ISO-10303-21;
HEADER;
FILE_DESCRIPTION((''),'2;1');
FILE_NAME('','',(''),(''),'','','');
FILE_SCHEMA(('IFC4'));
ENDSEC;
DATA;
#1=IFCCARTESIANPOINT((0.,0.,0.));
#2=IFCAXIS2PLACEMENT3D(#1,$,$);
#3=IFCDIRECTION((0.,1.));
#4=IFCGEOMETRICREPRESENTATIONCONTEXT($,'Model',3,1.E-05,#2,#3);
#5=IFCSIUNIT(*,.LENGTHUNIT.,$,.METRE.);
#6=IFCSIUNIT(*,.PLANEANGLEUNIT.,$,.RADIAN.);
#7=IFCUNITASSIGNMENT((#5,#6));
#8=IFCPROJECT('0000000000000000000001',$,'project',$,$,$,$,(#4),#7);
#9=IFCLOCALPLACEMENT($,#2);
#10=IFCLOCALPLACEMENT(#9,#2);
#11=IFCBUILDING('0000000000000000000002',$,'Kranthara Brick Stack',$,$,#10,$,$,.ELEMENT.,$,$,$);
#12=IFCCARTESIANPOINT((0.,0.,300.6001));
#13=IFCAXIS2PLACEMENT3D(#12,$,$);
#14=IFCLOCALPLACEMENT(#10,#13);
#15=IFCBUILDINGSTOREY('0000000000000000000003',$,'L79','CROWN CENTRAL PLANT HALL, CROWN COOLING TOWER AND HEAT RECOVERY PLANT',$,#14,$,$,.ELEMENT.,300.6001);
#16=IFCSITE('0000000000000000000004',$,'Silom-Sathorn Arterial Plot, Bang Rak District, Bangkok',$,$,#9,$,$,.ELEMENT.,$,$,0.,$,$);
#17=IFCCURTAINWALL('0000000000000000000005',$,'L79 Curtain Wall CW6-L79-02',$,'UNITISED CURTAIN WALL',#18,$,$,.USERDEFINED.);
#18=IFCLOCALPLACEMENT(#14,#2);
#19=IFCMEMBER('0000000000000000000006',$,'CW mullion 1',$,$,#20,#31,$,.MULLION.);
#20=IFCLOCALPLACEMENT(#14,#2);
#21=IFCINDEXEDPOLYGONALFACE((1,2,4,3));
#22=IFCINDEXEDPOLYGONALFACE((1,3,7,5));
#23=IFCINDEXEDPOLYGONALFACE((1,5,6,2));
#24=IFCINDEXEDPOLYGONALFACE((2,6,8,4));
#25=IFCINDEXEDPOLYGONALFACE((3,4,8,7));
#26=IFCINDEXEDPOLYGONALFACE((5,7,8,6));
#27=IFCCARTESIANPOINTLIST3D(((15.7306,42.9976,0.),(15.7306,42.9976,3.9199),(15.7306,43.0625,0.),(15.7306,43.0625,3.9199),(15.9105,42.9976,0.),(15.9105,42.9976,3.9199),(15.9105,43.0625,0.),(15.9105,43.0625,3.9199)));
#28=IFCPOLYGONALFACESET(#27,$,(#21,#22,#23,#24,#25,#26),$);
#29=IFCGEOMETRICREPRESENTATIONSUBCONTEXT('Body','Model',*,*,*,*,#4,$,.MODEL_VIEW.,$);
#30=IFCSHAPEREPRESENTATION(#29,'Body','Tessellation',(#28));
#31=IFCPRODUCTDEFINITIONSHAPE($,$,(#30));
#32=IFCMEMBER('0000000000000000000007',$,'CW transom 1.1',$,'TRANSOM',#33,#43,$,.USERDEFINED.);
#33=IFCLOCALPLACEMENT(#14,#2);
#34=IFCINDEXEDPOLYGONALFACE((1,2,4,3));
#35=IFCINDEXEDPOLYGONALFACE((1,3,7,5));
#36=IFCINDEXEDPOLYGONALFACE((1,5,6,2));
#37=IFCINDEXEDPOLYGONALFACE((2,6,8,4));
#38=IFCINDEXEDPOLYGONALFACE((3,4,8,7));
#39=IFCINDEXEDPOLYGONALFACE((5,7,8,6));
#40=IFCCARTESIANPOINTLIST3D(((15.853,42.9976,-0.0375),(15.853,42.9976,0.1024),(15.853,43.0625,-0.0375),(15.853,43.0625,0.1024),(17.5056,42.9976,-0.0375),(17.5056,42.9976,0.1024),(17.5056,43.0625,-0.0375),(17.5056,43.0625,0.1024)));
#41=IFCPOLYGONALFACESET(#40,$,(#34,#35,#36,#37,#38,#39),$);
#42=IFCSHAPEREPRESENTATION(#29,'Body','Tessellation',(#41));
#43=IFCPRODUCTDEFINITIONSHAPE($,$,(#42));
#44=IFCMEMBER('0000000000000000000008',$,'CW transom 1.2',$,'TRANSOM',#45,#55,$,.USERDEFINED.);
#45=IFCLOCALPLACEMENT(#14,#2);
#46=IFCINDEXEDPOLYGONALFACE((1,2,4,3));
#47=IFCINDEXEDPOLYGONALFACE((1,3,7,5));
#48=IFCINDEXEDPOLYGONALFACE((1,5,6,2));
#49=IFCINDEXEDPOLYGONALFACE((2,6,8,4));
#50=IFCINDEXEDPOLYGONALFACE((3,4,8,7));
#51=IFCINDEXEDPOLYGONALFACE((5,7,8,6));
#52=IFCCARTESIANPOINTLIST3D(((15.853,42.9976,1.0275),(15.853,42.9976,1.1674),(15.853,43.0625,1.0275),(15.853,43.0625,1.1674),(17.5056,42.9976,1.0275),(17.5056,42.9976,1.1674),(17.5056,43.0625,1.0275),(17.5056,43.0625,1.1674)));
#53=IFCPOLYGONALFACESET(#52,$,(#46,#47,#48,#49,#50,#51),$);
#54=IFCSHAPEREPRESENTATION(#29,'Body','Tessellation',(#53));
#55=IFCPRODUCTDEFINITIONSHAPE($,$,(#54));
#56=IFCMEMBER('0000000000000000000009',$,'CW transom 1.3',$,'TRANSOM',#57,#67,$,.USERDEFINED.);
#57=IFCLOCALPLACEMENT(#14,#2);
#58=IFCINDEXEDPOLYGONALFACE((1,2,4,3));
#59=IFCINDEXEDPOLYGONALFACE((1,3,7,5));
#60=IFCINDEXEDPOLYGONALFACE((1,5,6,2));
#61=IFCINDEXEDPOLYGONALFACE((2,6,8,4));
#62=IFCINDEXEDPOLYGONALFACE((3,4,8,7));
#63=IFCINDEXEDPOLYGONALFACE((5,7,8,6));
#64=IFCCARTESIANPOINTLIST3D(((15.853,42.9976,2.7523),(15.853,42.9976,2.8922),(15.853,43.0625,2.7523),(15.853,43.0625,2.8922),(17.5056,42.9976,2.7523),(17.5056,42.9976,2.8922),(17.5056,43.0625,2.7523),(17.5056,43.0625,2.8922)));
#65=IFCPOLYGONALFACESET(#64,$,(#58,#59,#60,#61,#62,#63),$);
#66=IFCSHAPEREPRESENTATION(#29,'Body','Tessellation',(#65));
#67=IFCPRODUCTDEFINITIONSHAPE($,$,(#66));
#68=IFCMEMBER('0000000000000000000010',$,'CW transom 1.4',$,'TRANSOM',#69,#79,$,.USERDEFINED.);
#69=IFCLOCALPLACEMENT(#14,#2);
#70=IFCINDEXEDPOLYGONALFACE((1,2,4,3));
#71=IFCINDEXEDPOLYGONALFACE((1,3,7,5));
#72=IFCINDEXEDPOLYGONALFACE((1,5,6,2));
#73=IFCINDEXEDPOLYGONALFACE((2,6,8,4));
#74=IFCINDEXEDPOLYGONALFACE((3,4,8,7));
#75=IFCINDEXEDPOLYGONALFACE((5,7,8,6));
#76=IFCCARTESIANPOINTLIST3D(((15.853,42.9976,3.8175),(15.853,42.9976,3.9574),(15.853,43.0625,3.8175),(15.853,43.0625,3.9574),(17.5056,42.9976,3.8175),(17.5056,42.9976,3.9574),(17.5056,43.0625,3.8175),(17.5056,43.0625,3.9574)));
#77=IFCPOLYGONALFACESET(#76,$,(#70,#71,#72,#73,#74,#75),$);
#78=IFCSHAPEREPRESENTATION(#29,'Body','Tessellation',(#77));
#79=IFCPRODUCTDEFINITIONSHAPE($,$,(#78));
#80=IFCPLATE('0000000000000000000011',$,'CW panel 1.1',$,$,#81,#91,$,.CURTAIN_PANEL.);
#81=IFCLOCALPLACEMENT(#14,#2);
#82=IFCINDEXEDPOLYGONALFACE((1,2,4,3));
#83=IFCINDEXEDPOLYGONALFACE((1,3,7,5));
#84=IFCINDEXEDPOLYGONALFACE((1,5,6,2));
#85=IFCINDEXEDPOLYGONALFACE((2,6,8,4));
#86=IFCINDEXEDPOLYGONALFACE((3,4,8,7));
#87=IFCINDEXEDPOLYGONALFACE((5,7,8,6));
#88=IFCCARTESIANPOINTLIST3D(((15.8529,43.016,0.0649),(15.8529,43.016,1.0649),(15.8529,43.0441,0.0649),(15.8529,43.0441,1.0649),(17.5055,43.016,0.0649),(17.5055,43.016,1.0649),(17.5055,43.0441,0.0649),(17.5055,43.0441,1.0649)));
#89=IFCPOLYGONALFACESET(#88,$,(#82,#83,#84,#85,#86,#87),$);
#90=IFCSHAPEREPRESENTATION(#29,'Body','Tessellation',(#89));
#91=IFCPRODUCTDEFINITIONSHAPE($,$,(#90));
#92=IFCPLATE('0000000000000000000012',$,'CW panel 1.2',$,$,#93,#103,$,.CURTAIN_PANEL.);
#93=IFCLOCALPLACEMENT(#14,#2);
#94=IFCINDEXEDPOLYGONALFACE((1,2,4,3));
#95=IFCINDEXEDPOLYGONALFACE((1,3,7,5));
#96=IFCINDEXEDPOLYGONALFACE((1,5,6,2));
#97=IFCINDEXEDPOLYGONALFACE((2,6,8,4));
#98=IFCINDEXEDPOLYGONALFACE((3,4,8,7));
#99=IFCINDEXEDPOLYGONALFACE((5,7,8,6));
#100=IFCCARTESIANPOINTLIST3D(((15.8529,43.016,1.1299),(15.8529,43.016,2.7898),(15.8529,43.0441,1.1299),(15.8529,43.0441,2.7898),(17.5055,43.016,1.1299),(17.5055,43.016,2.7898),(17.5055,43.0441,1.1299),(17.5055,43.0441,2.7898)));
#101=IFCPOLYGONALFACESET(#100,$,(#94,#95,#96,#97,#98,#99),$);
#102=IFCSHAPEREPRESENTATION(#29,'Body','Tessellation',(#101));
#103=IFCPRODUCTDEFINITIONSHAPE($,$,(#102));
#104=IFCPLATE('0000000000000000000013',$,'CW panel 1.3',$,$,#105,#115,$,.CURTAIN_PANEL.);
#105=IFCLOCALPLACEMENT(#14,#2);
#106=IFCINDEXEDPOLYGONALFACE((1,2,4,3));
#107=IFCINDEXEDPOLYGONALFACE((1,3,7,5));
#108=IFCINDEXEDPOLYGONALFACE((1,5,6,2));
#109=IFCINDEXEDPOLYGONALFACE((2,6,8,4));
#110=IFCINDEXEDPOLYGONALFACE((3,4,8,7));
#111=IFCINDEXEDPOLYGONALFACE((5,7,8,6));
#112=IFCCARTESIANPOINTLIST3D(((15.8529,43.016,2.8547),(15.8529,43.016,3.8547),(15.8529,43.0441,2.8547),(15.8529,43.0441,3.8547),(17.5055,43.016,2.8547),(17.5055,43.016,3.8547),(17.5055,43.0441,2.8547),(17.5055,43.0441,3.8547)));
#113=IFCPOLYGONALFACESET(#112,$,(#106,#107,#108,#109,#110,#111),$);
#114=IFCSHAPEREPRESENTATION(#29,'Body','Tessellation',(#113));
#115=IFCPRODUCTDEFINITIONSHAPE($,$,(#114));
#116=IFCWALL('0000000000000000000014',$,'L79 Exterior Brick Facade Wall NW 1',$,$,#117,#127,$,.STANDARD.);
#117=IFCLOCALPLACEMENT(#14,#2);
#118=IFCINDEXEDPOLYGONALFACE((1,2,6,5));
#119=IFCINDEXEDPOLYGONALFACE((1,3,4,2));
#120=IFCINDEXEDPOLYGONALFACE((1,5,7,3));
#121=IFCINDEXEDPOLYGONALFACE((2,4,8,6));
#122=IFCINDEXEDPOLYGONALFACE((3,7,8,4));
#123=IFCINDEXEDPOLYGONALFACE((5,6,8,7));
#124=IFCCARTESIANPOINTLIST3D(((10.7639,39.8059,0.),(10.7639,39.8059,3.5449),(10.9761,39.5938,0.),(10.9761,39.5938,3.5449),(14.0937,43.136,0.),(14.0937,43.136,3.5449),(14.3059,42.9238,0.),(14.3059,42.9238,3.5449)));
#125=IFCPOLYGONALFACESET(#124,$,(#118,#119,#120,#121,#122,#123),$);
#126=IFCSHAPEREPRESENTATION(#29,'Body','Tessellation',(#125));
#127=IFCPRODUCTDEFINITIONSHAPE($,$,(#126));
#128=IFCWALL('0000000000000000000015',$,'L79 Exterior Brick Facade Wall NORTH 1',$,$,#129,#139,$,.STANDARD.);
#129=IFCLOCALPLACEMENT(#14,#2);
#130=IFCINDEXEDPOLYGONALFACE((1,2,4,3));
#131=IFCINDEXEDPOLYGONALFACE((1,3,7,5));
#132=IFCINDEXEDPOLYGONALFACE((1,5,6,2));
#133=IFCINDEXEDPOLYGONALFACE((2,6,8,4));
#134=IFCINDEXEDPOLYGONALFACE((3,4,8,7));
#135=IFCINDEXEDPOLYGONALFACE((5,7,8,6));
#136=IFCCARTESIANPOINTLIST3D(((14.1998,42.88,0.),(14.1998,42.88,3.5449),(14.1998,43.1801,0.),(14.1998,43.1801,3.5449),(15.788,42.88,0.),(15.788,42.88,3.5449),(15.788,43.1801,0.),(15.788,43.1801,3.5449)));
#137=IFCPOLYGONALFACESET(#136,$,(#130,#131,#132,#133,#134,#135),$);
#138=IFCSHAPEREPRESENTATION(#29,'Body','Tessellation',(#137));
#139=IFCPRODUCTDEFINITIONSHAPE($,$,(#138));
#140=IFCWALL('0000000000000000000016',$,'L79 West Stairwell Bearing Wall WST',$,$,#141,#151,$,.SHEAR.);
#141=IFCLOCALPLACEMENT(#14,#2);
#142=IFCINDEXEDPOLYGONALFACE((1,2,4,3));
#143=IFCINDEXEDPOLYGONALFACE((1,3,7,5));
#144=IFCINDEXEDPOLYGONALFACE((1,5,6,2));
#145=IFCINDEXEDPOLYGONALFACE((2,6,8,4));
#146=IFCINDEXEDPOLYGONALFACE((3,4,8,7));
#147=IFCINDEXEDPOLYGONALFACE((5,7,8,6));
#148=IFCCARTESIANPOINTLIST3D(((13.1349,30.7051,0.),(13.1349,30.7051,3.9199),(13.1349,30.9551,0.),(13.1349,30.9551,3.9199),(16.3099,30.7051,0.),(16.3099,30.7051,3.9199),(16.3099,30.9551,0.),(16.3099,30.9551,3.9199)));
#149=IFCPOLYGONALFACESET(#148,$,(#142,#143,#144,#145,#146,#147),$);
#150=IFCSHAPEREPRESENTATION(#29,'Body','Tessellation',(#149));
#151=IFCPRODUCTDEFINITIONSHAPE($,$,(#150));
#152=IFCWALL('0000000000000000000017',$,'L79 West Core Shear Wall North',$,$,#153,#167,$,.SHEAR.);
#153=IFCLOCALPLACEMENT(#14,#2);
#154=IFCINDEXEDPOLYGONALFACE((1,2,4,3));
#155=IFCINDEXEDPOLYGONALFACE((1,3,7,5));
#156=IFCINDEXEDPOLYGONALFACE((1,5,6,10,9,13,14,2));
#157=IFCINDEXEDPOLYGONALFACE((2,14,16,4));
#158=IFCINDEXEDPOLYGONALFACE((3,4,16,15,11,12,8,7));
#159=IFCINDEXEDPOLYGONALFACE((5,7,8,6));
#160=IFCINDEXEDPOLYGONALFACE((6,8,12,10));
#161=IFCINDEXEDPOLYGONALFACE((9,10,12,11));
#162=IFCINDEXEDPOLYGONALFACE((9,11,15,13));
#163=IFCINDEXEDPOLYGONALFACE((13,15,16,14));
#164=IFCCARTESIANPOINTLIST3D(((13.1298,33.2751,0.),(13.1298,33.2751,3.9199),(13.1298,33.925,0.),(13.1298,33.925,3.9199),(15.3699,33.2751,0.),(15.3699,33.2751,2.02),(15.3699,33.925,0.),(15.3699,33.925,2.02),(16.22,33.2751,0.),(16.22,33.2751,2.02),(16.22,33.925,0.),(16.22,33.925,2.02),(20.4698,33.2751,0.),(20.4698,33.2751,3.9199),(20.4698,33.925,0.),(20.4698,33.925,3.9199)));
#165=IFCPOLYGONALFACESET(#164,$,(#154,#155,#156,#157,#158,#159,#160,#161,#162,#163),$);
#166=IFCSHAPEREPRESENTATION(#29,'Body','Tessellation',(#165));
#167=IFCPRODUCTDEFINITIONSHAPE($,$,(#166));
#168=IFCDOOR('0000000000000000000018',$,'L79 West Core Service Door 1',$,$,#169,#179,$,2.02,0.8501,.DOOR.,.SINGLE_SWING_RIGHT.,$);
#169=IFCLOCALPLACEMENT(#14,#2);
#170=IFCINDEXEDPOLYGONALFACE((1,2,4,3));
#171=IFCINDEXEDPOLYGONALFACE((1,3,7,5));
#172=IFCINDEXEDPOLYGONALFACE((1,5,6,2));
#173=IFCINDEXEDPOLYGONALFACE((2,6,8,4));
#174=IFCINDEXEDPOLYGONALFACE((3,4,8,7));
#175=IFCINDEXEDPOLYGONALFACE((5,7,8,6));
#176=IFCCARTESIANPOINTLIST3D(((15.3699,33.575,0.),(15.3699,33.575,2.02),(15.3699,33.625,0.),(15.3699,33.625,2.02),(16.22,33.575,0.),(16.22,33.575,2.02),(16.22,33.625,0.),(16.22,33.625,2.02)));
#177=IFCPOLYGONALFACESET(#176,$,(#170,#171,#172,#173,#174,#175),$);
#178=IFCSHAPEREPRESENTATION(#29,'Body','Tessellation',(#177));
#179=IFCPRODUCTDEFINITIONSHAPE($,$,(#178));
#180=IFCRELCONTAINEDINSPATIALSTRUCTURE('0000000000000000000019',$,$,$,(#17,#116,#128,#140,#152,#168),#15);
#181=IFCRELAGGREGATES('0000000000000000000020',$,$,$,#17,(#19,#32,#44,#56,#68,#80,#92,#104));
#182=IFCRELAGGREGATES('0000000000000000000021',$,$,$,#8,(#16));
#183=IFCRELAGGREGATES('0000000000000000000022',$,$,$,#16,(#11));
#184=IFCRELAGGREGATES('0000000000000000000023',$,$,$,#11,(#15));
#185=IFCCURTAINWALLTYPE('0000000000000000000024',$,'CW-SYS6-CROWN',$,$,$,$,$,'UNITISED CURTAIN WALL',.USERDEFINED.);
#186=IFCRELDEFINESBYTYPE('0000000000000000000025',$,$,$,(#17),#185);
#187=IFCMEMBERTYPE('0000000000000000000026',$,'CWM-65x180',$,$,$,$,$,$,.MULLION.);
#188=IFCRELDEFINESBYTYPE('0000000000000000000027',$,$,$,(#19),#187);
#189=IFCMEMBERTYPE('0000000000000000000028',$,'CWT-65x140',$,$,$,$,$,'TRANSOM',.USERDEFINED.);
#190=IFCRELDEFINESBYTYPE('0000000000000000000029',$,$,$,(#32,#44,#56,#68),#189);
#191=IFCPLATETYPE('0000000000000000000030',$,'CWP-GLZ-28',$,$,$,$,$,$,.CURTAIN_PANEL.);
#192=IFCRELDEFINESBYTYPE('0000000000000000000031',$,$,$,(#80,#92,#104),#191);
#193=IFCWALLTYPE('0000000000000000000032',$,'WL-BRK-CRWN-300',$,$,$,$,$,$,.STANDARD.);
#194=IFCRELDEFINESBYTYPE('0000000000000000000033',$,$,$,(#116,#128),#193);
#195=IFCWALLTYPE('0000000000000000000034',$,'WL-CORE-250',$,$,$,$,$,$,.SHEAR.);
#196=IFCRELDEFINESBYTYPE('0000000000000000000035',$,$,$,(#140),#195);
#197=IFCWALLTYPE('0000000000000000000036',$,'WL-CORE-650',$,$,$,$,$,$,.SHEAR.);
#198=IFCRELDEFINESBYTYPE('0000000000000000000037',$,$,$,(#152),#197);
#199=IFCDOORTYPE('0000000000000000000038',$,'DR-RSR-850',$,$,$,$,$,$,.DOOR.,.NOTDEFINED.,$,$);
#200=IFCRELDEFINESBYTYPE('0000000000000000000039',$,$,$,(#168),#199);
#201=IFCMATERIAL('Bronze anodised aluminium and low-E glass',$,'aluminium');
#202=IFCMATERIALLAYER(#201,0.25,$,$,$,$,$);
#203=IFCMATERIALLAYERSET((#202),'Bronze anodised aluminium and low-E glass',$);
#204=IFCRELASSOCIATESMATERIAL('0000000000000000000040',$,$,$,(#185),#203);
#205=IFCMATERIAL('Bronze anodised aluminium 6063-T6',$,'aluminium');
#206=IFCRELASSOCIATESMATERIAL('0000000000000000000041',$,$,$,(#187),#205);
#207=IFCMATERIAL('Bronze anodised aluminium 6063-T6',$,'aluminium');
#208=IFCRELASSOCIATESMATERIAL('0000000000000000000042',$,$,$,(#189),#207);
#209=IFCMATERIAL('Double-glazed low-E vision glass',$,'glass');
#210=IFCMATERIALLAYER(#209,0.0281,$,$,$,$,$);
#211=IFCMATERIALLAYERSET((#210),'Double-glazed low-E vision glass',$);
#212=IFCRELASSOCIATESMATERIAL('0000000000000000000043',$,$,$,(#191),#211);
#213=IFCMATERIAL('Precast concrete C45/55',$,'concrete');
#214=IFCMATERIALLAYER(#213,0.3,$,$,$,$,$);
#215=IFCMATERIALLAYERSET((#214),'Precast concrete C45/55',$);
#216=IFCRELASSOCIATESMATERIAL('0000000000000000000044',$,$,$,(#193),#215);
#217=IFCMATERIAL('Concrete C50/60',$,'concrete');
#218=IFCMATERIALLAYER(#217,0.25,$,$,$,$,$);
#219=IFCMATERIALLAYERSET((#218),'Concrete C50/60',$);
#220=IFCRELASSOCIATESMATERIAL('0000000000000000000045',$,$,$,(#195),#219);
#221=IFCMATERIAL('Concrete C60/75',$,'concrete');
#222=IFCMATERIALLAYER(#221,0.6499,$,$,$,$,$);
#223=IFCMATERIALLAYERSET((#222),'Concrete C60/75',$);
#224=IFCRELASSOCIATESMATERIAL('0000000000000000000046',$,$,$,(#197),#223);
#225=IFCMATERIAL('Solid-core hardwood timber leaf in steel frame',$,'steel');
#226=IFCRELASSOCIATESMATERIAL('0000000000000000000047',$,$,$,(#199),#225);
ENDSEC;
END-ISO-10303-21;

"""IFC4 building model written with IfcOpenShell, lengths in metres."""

from ifc_helpers import new_model, si_unit, direction, frame, frame_2d, origin, origin_2d, place, context, subcontext, project, spatial, rectangle, extrude, material, layer, layer_set, material_profile, profile_set, type_object, element, fill, aggregate, save


model = new_model("IFC4")

# Units and contexts
model_context = context("Model", 3, precision=1e-05, world=origin(), true_north=direction((0.0, 1.0)))
body_context = subcontext(model_context, "Body", "Model", "MODEL_VIEW")
ifc_project = project(units=[si_unit("LENGTHUNIT", "METRE"), si_unit("PLANEANGLEUNIT", "RADIAN")], contexts=[model_context])

# Site, building, storey
site_placement = place(None, origin())
site = spatial("IfcSite", under=ifc_project, at=site_placement, Name="Silom-Sathorn Arterial Plot, Bang Rak District, Bangkok", CompositionType="ELEMENT", RefElevation=0.0)
building_placement = place(site_placement, origin())
building = spatial("IfcBuilding", under=site, at=building_placement, Name="Kranthara Brick Stack", CompositionType="ELEMENT")
storey_placement = place(building_placement, frame((0.0, 0.0, 300.6001)))
storey = spatial("IfcBuildingStorey", under=building, at=storey_placement, Name="L79", Description="CROWN CENTRAL PLANT HALL, CROWN COOLING TOWER AND HEAT RECOVERY PLANT", CompositionType="ELEMENT", Elevation=300.6001)

# Curtain wall, members, plates
ifc_material_1 = material(Name="Bronze anodised aluminium and low-E glass", Category="aluminium")
ifc_layer_1 = layer(ifc_material_1, 0.25)
ifc_layer_set_1 = layer_set([ifc_layer_1], Name="Bronze anodised aluminium and low-E glass")
curtain_wall_type = type_object("IfcCurtainWallType", Name="CW-SYS6-CROWN", ElementType="UNITISED CURTAIN WALL", PredefinedType="USERDEFINED", material=ifc_layer_set_1)
curtain_wall_placement = place(storey_placement, origin())
curtain_wall = element("IfcCurtainWall", 1, at=curtain_wall_placement, inside=storey, type_object=curtain_wall_type, Name="L79 Curtain Wall CW6-L79-02", ObjectType="UNITISED CURTAIN WALL", PredefinedType="USERDEFINED")
ifc_material_2 = material(Name="Bronze anodised aluminium 6063-T6", Category="aluminium")
ifc_material_profile_1 = material_profile(ifc_material_2, rectangle(XDim=0.0649, YDim=0.1799, at=origin_2d()), Name="ALU MULLION 65x180")
ifc_profile_set_1 = profile_set([ifc_material_profile_1], Name="Bronze anodised aluminium 6063-T6")
member_type_1 = type_object("IfcMemberType", Name="CWM-65x180", PredefinedType="MULLION", material=ifc_profile_set_1)
member_1_placement = place(storey_placement, frame((15.8206, 43.03, 0.0), z_axis=(0.0, 0.0, 1.0), x_axis=(0.0, 1.0, 0.0)))
member_1 = element("IfcMember", 2, at=member_1_placement, type_object=member_type_1, Name="CW mullion 1", PredefinedType="MULLION", context=body_context, shape_type="SweptSolid", body=[
    extrude(rectangle(XDim=0.0649, YDim=0.1799, at=origin_2d()), origin(), (0.0, 0.0, 1.0), 3.9199),
])
ifc_material_3 = material(Name="Bronze anodised aluminium 6063-T6", Category="aluminium")
ifc_material_profile_2 = material_profile(ifc_material_3, rectangle(XDim=0.0649, YDim=0.1399, at=origin_2d()), Name="ALU TRANSOM 65x140")
ifc_profile_set_2 = profile_set([ifc_material_profile_2], Name="Bronze anodised aluminium 6063-T6")
member_type_2 = type_object("IfcMemberType", Name="CWT-65x140", ElementType="TRANSOM", PredefinedType="USERDEFINED", material=ifc_profile_set_2)
member_2_placement = place(storey_placement, frame((15.853, 43.03, 0.0325), z_axis=(1.0, 0.0, 0.0), x_axis=(0.0, 1.0, 0.0)))
member_2 = element("IfcMember", 3, at=member_2_placement, type_object=member_type_2, Name="CW transom 1.1", ObjectType="TRANSOM", PredefinedType="USERDEFINED", context=body_context, shape_type="SweptSolid", body=[
    extrude(rectangle(XDim=0.0649, YDim=0.1399, at=origin_2d()), origin(), (0.0, 0.0, 1.0), 1.6526),
])
member_3_placement = place(storey_placement, frame((15.853, 43.03, 1.0974), z_axis=(1.0, 0.0, 0.0), x_axis=(0.0, 1.0, 0.0)))
member_3 = element("IfcMember", 4, at=member_3_placement, type_object=member_type_2, Name="CW transom 1.2", ObjectType="TRANSOM", PredefinedType="USERDEFINED", context=body_context, shape_type="SweptSolid", body=[
    extrude(rectangle(XDim=0.0649, YDim=0.1399, at=origin_2d()), origin(), (0.0, 0.0, 1.0), 1.6526),
])
member_4_placement = place(storey_placement, frame((15.853, 43.03, 2.8223), z_axis=(1.0, 0.0, 0.0), x_axis=(0.0, 1.0, 0.0)))
member_4 = element("IfcMember", 5, at=member_4_placement, type_object=member_type_2, Name="CW transom 1.3", ObjectType="TRANSOM", PredefinedType="USERDEFINED", context=body_context, shape_type="SweptSolid", body=[
    extrude(rectangle(XDim=0.0649, YDim=0.1399, at=origin_2d()), origin(), (0.0, 0.0, 1.0), 1.6526),
])
member_5_placement = place(storey_placement, frame((15.853, 43.03, 3.8875), z_axis=(1.0, 0.0, 0.0), x_axis=(0.0, 1.0, 0.0)))
member_5 = element("IfcMember", 6, at=member_5_placement, type_object=member_type_2, Name="CW transom 1.4", ObjectType="TRANSOM", PredefinedType="USERDEFINED", context=body_context, shape_type="SweptSolid", body=[
    extrude(rectangle(XDim=0.0649, YDim=0.1399, at=origin_2d()), origin(), (0.0, 0.0, 1.0), 1.6526),
])
ifc_material_4 = material(Name="Double-glazed low-E vision glass", Category="glass")
ifc_layer_2 = layer(ifc_material_4, 0.0281)
ifc_layer_set_2 = layer_set([ifc_layer_2], Name="Double-glazed low-E vision glass")
plate_type = type_object("IfcPlateType", Name="CWP-GLZ-28", PredefinedType="CURTAIN_PANEL", material=ifc_layer_set_2)
plate_1_placement = place(storey_placement, frame((16.6792, 43.03, 0.0649), z_axis=(0.0, 0.0, 1.0), x_axis=(1.0, 0.0, 0.0)))
plate_1 = element("IfcPlate", 7, at=plate_1_placement, type_object=plate_type, Name="CW panel 1.1", PredefinedType="CURTAIN_PANEL", context=body_context, shape_type="SweptSolid", body=[
    extrude(rectangle(XDim=1.6526, YDim=0.0281, at=origin_2d()), origin(), (0.0, 0.0, 1.0), 1.0),
])
plate_2_placement = place(storey_placement, frame((16.6792, 43.03, 1.1299), z_axis=(0.0, 0.0, 1.0), x_axis=(1.0, 0.0, 0.0)))
plate_2 = element("IfcPlate", 8, at=plate_2_placement, type_object=plate_type, Name="CW panel 1.2", PredefinedType="CURTAIN_PANEL", context=body_context, shape_type="SweptSolid", body=[
    extrude(rectangle(XDim=1.6526, YDim=0.0281, at=origin_2d()), origin(), (0.0, 0.0, 1.0), 1.6599),
])
plate_3_placement = place(storey_placement, frame((16.6792, 43.03, 2.8547), z_axis=(0.0, 0.0, 1.0), x_axis=(1.0, 0.0, 0.0)))
plate_3 = element("IfcPlate", 9, at=plate_3_placement, type_object=plate_type, Name="CW panel 1.3", PredefinedType="CURTAIN_PANEL", context=body_context, shape_type="SweptSolid", body=[
    extrude(rectangle(XDim=1.6526, YDim=0.0281, at=origin_2d()), origin(), (0.0, 0.0, 1.0), 1.0),
])
aggregate(curtain_wall, [member_1, member_2, member_3, member_4, member_5, plate_1, plate_2, plate_3])

# Walls
ifc_material_5 = material(Name="Precast concrete C45/55", Category="concrete")
ifc_layer_3 = layer(ifc_material_5, 0.3)
ifc_layer_set_3 = layer_set([ifc_layer_3], Name="Precast concrete C45/55")
wall_type_1 = type_object("IfcWallType", Name="WL-BRK-CRWN-300", PredefinedType="STANDARD", material=ifc_layer_set_3)
wall_1_placement = place(storey_placement, frame((10.8701, 39.7, 0.0), z_axis=(0.0, 0.0, 1.0), x_axis=(0.707081, 0.707133, 0.0)))
element("IfcWall", 10, at=wall_1_placement, inside=storey, type_object=wall_type_1, Name="L79 Exterior Brick Facade Wall NW 1", PredefinedType="STANDARD", context=body_context, shape_type="SweptSolid", body=[
    extrude(rectangle(XDim=4.7092, YDim=0.3, at=frame_2d((2.3545, 0.0))), origin(), (0.0, 0.0, 1.0), 3.5449),
])
wall_2_placement = place(storey_placement, frame((14.2, 43.03, 0.0), z_axis=(0.0, 0.0, 1.0), x_axis=(1.0, 0.0, 0.0)))
element("IfcWall", 11, at=wall_2_placement, inside=storey, type_object=wall_type_1, Name="L79 Exterior Brick Facade Wall NORTH 1", PredefinedType="STANDARD", context=body_context, shape_type="SweptSolid", body=[
    extrude(rectangle(XDim=1.5881, YDim=0.3, at=frame_2d((0.7939, 0.0))), origin(), (0.0, 0.0, 1.0), 3.5449),
])
ifc_material_6 = material(Name="Concrete C50/60", Category="concrete")
ifc_layer_4 = layer(ifc_material_6, 0.25)
ifc_layer_set_4 = layer_set([ifc_layer_4], Name="Concrete C50/60")
wall_type_2 = type_object("IfcWallType", Name="WL-CORE-250", PredefinedType="SHEAR", material=ifc_layer_set_4)
wall_3_placement = place(storey_placement, frame((13.135, 30.8301, 0.0), z_axis=(0.0, 0.0, 1.0), x_axis=(1.0, 0.0, 0.0)))
element("IfcWall", 12, at=wall_3_placement, inside=storey, type_object=wall_type_2, Name="L79 West Stairwell Bearing Wall WST", PredefinedType="SHEAR", context=body_context, shape_type="SweptSolid", body=[
    extrude(rectangle(XDim=3.175, YDim=0.25, at=frame_2d((1.5874, 0.0))), origin(), (0.0, 0.0, 1.0), 3.9199),
])

# Wall, opening, door
ifc_material_7 = material(Name="Concrete C60/75", Category="concrete")
ifc_layer_5 = layer(ifc_material_7, 0.6499)
ifc_layer_set_5 = layer_set([ifc_layer_5], Name="Concrete C60/75")
wall_type_3 = type_object("IfcWallType", Name="WL-CORE-650", PredefinedType="SHEAR", material=ifc_layer_set_5)
wall_4_placement = place(storey_placement, frame((13.1299, 33.6001, 0.0), z_axis=(0.0, 0.0, 1.0), x_axis=(1.0, 0.0, 0.0)))
wall_4 = element("IfcWall", 13, at=wall_4_placement, inside=storey, type_object=wall_type_3, Name="L79 West Core Shear Wall North", PredefinedType="SHEAR", context=body_context, shape_type="SweptSolid", body=[
    extrude(rectangle(XDim=7.3401, YDim=0.6499, at=frame_2d((3.6699, 0.0))), origin(), (0.0, 0.0, 1.0), 3.9199),
])
opening_1_placement = place(wall_4_placement, frame((2.24, 0.0, 0.0)))
opening_1 = element("IfcOpeningElement", 14, at=opening_1_placement, cuts=wall_4, PredefinedType="OPENING", context=body_context, shape_type="SweptSolid", body=[
    extrude(rectangle(XDim=0.8501, YDim=2.02, at=frame_2d((0.425, 1.01))), frame((0.0, 0.335, 0.0), z_axis=(0.0, -1.0, 0.0), x_axis=(1.0, 0.0, 0.0)), (0.0, 0.0, 1.0), 0.6699),
])
ifc_material_8 = material(Name="Solid-core hardwood timber leaf in steel frame", Category="steel")
door_type_1 = type_object("IfcDoorType", Name="DR-RSR-850", OperationType="NOTDEFINED", PredefinedType="DOOR", material=ifc_material_8)
door_1_placement = place(opening_1_placement, origin())
door_1 = element("IfcDoor", 15, at=door_1_placement, inside=storey, type_object=door_type_1, Name="L79 West Core Service Door 1", OperationType="SINGLE_SWING_RIGHT", OverallHeight=2.02, OverallWidth=0.8501, PredefinedType="DOOR", context=body_context, shape_type="SweptSolid", body=[
    extrude(rectangle(XDim=0.8501, YDim=2.02, at=frame_2d((0.425, 1.01))), frame((0.0, 0.0249, 0.0), z_axis=(0.0, -1.0, 0.0), x_axis=(1.0, 0.0, 0.0)), (0.0, 0.0, 1.0), 0.05),
])
fill(opening_1, door_1)

save(model, "model.ifc")
